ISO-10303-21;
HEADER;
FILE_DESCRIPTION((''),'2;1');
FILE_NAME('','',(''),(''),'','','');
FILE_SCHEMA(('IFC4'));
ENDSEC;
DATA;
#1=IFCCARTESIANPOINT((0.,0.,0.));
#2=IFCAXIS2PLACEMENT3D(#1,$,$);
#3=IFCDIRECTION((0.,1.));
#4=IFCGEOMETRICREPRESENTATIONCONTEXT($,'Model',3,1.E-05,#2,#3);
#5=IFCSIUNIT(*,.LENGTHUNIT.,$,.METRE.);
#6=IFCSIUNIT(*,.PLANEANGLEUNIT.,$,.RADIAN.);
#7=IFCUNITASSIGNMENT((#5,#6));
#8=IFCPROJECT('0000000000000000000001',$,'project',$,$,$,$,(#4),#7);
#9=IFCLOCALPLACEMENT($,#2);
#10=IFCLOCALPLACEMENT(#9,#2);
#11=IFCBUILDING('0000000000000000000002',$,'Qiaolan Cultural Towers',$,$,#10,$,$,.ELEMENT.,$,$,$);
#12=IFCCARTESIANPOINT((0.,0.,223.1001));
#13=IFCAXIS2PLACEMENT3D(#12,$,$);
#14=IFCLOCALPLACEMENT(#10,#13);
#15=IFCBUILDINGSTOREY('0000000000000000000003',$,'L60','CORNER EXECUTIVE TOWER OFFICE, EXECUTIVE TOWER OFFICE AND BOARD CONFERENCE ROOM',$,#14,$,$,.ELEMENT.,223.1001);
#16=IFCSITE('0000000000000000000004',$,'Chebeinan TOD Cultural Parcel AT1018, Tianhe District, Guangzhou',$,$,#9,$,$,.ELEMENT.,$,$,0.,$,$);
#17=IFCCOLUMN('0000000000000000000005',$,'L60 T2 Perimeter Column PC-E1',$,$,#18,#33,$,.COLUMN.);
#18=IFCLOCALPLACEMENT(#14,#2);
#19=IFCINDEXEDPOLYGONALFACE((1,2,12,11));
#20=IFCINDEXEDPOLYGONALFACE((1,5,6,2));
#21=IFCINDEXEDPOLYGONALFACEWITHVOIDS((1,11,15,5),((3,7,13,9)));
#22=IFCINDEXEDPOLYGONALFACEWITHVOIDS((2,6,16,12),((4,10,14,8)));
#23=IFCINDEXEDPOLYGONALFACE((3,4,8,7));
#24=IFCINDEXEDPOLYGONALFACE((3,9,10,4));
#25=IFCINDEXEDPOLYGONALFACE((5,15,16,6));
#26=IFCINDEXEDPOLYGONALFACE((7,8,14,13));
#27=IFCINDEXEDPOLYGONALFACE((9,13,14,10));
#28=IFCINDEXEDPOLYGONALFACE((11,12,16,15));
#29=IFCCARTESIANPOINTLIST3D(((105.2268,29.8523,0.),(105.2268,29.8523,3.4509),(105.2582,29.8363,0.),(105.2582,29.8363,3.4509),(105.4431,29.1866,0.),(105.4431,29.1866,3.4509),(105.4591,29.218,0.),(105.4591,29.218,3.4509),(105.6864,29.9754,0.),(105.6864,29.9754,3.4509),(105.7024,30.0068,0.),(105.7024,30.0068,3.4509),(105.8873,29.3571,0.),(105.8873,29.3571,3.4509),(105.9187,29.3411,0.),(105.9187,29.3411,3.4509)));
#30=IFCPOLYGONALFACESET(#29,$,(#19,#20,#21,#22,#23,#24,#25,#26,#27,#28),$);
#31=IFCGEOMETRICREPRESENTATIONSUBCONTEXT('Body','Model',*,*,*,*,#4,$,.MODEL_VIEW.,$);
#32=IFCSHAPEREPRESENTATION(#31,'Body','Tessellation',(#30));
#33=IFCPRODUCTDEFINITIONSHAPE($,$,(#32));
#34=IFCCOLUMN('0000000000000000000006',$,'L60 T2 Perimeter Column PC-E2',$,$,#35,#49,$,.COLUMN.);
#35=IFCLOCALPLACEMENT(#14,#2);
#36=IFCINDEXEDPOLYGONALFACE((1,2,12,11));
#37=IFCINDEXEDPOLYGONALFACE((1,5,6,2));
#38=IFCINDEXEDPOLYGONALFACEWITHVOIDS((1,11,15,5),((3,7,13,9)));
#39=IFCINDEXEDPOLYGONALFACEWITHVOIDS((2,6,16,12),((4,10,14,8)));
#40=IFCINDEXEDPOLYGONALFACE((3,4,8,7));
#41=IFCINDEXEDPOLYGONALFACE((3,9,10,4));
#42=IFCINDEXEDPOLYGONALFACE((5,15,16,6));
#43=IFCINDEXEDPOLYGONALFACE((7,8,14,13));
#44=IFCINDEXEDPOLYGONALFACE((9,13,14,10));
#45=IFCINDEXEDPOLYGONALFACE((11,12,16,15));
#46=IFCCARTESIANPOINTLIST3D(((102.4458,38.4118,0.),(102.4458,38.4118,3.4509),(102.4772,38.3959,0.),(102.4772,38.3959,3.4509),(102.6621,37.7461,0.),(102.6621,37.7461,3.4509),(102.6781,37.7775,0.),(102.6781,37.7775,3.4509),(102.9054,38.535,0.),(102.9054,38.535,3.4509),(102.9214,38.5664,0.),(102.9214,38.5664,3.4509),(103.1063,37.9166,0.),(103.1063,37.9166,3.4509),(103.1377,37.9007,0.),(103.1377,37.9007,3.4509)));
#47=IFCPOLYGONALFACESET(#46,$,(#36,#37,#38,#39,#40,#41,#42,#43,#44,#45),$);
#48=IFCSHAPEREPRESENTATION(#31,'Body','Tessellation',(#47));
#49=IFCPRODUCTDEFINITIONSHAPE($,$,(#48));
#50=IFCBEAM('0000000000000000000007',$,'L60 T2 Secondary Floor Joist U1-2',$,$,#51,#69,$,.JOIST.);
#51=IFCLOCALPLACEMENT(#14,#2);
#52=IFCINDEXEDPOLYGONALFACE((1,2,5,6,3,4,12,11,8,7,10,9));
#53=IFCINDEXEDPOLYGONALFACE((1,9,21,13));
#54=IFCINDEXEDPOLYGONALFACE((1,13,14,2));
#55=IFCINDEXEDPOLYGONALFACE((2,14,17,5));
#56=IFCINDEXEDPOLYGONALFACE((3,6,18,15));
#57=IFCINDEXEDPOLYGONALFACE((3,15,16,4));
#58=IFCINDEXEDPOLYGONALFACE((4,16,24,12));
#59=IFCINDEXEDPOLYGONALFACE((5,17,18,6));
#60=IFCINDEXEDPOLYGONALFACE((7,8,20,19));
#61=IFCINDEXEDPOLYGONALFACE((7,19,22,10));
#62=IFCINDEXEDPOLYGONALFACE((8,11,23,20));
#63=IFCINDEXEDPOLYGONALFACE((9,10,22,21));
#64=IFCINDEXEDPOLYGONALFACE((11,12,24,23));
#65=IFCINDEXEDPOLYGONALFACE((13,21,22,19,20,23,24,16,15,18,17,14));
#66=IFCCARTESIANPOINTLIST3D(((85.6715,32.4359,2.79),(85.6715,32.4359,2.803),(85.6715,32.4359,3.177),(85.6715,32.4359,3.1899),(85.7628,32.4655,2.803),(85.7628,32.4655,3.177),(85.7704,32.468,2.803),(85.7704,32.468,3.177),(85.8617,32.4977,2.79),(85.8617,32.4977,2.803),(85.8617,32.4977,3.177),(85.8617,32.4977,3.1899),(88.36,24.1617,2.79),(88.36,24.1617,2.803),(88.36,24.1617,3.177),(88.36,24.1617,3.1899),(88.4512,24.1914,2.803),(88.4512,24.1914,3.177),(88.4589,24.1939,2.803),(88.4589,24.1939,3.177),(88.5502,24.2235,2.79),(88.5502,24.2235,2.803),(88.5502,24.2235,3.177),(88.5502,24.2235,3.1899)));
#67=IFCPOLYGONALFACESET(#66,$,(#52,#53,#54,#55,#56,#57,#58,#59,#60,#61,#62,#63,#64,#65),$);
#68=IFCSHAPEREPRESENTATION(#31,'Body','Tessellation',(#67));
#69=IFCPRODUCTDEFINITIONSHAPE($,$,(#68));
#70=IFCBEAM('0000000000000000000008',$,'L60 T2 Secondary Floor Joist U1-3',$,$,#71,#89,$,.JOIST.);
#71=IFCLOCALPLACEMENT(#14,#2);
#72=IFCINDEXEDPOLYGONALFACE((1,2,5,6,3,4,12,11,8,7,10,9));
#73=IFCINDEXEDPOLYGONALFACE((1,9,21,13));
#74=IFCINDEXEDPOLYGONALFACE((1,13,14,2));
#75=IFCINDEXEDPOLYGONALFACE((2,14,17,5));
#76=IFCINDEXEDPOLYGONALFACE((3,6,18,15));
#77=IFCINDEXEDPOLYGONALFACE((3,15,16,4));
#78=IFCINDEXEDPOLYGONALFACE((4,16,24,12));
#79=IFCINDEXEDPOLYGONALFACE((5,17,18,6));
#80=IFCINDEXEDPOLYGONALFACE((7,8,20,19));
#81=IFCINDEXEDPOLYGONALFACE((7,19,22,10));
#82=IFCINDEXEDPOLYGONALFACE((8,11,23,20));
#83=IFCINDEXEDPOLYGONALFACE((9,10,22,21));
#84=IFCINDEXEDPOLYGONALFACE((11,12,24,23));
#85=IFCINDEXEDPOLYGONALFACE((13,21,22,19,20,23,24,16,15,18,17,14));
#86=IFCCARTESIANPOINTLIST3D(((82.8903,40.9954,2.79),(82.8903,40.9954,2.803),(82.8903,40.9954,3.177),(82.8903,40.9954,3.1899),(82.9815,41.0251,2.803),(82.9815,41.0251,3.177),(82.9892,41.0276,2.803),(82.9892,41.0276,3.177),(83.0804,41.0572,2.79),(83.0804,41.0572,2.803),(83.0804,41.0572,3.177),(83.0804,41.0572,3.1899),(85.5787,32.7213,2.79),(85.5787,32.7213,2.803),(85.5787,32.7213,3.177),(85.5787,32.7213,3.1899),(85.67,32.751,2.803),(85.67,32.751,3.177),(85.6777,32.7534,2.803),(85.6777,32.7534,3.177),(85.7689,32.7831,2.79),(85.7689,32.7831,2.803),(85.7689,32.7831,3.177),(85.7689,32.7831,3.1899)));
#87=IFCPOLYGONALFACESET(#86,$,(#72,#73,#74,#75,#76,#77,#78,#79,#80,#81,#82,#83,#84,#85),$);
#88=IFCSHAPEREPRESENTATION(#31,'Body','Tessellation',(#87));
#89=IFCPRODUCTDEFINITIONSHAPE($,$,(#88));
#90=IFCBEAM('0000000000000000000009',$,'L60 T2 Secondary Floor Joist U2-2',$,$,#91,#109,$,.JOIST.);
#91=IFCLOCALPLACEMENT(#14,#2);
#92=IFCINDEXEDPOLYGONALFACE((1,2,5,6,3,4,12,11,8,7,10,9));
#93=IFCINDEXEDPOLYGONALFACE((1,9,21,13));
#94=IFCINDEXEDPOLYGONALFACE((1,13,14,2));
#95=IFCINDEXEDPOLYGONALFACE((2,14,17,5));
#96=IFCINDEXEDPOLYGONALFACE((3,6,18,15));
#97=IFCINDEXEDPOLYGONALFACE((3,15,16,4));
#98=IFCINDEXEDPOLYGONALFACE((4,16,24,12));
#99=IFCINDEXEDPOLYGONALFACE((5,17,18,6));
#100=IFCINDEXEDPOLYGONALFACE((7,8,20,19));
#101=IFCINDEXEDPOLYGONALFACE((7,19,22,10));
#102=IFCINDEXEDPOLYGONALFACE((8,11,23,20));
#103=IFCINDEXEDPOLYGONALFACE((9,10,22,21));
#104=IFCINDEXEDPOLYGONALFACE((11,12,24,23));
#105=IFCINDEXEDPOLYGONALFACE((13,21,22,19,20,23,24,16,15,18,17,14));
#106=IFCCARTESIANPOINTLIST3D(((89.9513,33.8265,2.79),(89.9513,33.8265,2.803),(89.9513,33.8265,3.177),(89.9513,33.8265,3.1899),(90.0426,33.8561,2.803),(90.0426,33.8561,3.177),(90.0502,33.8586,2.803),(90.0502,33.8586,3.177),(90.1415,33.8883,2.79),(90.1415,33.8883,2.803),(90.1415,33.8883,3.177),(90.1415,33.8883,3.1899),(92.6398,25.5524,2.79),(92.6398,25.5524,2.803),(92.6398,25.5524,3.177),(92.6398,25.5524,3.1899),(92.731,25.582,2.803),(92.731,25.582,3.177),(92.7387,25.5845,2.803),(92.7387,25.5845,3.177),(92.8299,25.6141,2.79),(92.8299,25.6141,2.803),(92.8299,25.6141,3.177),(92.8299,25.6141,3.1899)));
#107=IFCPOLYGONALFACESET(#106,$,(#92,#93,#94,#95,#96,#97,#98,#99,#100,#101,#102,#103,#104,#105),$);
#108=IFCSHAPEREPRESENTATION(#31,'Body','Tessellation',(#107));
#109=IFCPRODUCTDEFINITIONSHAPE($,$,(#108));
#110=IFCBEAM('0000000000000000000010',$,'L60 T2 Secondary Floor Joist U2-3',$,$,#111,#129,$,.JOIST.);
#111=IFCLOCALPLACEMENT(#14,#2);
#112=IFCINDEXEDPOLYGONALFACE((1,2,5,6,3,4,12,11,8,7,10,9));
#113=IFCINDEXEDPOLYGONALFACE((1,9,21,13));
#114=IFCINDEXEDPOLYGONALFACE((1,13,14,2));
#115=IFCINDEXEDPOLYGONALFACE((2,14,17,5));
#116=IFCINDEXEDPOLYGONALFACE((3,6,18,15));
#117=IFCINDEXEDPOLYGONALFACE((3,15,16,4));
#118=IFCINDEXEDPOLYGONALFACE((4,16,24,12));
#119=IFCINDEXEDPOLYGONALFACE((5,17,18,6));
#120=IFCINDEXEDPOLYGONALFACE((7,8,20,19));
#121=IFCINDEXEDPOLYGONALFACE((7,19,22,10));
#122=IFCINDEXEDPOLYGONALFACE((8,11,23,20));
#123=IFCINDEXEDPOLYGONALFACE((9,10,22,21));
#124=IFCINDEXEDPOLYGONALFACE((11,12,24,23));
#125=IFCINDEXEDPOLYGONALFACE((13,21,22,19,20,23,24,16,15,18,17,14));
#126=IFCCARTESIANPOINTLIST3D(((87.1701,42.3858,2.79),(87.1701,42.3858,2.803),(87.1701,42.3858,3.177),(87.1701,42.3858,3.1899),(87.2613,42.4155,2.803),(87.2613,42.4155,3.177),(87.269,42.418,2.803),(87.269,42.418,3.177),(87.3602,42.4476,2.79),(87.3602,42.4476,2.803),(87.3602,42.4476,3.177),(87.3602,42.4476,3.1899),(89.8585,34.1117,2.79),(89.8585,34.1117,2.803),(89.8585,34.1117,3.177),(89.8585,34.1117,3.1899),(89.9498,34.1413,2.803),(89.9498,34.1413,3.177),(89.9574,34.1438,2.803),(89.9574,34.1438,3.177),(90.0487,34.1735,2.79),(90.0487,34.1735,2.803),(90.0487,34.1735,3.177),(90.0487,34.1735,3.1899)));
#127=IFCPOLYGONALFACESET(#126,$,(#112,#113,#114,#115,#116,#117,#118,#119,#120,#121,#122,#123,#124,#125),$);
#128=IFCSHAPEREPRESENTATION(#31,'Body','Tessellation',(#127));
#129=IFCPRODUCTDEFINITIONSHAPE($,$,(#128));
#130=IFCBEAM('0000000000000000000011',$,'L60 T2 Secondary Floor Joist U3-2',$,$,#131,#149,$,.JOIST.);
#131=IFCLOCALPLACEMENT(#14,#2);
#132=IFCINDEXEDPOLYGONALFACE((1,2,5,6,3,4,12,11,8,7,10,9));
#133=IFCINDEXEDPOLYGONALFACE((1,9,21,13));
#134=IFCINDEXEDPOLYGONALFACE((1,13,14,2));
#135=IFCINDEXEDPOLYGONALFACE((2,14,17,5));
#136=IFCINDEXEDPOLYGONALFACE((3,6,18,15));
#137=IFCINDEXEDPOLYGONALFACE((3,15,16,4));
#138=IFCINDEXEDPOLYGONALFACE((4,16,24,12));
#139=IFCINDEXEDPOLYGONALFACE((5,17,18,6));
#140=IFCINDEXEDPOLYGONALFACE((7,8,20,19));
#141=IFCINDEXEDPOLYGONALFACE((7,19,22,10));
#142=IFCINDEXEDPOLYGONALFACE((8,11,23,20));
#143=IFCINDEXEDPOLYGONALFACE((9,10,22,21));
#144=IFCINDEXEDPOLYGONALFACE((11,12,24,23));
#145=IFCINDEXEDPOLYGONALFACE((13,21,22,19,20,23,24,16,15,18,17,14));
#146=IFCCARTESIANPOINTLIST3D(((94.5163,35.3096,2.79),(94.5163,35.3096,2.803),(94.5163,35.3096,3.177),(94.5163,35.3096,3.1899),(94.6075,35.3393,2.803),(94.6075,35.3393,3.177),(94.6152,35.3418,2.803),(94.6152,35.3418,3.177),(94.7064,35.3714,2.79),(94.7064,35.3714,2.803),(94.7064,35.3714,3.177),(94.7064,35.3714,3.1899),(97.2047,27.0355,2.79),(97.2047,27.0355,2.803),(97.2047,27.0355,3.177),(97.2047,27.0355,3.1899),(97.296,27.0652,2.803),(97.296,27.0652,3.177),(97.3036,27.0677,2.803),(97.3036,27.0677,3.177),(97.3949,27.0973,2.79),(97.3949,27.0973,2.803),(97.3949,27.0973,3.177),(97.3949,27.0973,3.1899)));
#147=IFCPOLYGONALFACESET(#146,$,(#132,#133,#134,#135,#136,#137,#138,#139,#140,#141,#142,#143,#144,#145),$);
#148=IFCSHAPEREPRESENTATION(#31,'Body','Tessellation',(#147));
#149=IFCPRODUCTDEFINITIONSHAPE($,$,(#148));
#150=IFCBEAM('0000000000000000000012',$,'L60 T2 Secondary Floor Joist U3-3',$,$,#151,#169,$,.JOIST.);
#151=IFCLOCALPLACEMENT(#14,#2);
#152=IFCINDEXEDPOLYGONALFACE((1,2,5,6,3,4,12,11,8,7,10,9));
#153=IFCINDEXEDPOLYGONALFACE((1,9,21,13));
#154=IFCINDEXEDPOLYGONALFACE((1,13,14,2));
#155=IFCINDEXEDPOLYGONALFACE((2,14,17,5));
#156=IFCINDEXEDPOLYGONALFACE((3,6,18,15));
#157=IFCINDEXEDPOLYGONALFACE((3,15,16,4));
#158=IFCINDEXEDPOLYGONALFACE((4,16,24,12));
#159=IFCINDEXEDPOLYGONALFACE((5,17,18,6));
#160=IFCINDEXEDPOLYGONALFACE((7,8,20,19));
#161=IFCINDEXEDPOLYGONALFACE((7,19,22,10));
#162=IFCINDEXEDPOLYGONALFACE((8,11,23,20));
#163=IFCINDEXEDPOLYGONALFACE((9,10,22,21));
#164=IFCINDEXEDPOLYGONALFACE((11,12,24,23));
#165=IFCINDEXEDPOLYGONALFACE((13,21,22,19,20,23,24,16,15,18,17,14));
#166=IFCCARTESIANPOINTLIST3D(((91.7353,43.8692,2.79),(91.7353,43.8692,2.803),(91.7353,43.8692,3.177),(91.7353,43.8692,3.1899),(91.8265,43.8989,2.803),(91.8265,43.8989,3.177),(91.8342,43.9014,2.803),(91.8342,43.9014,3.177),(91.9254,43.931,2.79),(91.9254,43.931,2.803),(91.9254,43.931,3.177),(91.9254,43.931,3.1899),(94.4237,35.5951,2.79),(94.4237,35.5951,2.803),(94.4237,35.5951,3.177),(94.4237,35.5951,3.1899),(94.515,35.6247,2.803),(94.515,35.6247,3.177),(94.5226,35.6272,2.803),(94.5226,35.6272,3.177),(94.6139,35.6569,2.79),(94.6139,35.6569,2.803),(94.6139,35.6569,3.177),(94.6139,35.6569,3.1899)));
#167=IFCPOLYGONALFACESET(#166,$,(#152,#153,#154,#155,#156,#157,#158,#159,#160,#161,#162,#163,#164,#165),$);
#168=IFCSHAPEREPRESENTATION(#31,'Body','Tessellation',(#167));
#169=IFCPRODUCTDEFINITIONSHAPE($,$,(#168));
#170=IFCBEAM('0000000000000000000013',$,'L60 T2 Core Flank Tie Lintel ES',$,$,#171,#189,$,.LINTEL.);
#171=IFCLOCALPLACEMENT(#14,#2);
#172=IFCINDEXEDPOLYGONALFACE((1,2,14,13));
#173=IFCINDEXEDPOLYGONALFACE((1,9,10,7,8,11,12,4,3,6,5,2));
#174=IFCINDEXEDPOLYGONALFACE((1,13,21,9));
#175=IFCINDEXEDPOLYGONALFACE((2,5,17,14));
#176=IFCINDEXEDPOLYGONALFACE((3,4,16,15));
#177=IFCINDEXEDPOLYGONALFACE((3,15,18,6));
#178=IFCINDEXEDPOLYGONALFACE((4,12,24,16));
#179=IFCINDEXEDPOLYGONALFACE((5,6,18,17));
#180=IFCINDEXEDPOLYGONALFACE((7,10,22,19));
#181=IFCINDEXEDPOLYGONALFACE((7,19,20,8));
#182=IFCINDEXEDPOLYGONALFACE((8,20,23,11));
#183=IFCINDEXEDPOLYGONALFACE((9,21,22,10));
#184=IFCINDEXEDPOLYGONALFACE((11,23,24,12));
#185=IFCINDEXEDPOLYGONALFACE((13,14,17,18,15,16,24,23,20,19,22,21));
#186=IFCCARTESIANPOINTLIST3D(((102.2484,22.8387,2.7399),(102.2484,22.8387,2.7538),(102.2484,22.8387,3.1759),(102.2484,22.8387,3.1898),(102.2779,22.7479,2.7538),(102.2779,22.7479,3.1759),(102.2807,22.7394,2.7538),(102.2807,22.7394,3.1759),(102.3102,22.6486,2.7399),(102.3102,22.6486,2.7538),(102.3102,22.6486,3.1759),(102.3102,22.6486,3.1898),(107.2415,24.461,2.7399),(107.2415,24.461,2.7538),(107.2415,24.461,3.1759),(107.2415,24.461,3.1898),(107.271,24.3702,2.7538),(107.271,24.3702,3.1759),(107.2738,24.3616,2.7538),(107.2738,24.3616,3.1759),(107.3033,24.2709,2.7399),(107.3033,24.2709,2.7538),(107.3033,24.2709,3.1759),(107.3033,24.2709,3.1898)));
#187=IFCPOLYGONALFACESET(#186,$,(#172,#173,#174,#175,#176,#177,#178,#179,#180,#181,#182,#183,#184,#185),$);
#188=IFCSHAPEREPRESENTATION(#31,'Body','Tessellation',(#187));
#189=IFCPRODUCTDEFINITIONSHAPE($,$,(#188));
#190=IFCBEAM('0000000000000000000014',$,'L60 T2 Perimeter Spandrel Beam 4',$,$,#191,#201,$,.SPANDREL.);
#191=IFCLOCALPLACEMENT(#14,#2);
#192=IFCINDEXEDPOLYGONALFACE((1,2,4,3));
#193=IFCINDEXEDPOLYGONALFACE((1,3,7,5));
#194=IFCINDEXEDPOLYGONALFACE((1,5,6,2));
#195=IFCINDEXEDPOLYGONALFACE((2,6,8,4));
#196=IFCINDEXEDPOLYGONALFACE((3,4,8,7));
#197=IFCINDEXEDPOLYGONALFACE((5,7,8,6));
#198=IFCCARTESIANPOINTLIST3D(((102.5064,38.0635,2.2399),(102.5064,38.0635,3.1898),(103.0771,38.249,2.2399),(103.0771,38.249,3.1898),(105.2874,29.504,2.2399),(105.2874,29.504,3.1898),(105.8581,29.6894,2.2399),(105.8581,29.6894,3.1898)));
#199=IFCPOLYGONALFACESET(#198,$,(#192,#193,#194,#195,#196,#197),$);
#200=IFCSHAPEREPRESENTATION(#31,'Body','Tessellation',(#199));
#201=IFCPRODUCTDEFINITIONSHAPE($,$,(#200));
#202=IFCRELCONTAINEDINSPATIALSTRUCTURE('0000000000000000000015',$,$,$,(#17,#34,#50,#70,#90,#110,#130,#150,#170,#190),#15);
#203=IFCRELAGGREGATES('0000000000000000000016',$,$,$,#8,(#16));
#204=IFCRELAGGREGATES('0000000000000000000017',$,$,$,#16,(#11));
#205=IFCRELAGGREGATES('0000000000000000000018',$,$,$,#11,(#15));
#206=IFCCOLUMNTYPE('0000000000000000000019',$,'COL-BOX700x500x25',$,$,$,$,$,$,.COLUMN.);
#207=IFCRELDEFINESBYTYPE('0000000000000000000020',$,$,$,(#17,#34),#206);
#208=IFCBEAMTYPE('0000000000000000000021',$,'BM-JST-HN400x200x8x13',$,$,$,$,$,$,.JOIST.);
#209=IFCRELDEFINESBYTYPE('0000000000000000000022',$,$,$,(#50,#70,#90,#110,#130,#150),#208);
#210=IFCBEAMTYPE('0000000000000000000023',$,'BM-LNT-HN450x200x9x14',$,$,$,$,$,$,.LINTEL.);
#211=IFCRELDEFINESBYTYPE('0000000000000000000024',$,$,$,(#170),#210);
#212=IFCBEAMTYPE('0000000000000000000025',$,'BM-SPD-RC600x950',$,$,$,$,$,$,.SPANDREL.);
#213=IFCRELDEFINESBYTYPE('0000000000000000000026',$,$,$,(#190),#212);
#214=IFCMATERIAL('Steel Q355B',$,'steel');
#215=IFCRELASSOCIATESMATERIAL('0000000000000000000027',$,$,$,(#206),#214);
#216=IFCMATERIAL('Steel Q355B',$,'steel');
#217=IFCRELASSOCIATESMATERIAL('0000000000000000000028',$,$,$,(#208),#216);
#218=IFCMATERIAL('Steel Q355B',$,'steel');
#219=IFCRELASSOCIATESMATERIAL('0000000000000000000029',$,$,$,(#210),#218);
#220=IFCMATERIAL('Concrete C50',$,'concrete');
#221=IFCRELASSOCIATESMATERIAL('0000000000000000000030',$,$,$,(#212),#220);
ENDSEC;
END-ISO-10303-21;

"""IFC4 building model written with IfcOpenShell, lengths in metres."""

from ifc_helpers import new_model, si_unit, direction, frame, origin, origin_2d, place, context, subcontext, project, spatial, rectangle, hollow_rectangle, i_section, extrude, material, material_profile, profile_set, type_object, element, save


model = new_model("IFC4")

# Units and contexts
model_context = context("Model", 3, precision=1e-05, world=origin(), true_north=direction((0.0, 1.0)))
body_context = subcontext(model_context, "Body", "Model", "MODEL_VIEW")
ifc_project = project(units=[si_unit("LENGTHUNIT", "METRE"), si_unit("PLANEANGLEUNIT", "RADIAN")], contexts=[model_context])

# Site, building, storey
site_placement = place(None, origin())
site = spatial("IfcSite", under=ifc_project, at=site_placement, Name="Chebeinan TOD Cultural Parcel AT1018, Tianhe District, Guangzhou", CompositionType="ELEMENT", RefElevation=0.0)
building_placement = place(site_placement, origin())
building = spatial("IfcBuilding", under=site, at=building_placement, Name="Qiaolan Cultural Towers", CompositionType="ELEMENT")
storey_placement = place(building_placement, frame((0.0, 0.0, 223.1001)))
storey = spatial("IfcBuildingStorey", under=building, at=storey_placement, Name="L60", Description="CORNER EXECUTIVE TOWER OFFICE, EXECUTIVE TOWER OFFICE AND BOARD CONFERENCE ROOM", CompositionType="ELEMENT", Elevation=223.1001)

# Columns
ifc_material_1 = material(Name="Steel Q355B", Category="steel")
ifc_material_profile_1 = material_profile(ifc_material_1, hollow_rectangle(XDim=0.5, YDim=0.7, WallThickness=0.0249, at=origin_2d()), Name="BOX700x500x25")
ifc_profile_set_1 = profile_set([ifc_material_profile_1], Name="Steel Q355B")
column_type = type_object("IfcColumnType", Name="COL-BOX700x500x25", PredefinedType="COLUMN", material=ifc_profile_set_1)
for number, where, z_axis, x_axis, name in (
    (1, (105.5728, 29.5967, 0.0), (0.0, 0.0, 1.0), (0.951057, 0.309017, 0.0), "L60 T2 Perimeter Column PC-E1"),
    (2, (102.7917, 38.1562, 0.0), (0.0, 0.0, 1.0), (0.951057, 0.309017, 0.0), "L60 T2 Perimeter Column PC-E2"),
):
    element("IfcColumn", number, at=place(storey_placement, frame(where, z_axis=z_axis, x_axis=x_axis)), inside=storey, type_object=column_type, Name=name, PredefinedType="COLUMN", context=body_context, shape_type="SweptSolid", body=[
        extrude(hollow_rectangle(XDim=0.5, YDim=0.7, WallThickness=0.0249, at=origin_2d()), origin(), (0.0, 0.0, 1.0), 3.4509),
    ])

# Beams
ifc_material_2 = material(Name="Steel Q355B", Category="steel")
ifc_material_profile_2 = material_profile(ifc_material_2, i_section(OverallWidth=0.2, OverallDepth=0.3999, WebThickness=0.0081, FlangeThickness=0.0129, at=origin_2d()), Name="HN400x200x8x13")
ifc_profile_set_2 = profile_set([ifc_material_profile_2], Name="Steel Q355B")
beam_type_1 = type_object("IfcBeamType", Name="BM-JST-HN400x200x8x13", PredefinedType="JOIST", material=ifc_profile_set_2)
for number, where, z_axis, x_axis, name in (
    (3, (88.4551, 24.1926, 2.99), (-0.309021, 0.951055, 0.0), (-0.951055, -0.309021, 0.0), "L60 T2 Secondary Floor Joist U1-2"),
    (4, (85.6738, 32.7522, 2.99), (-0.309021, 0.951055, 0.0), (-0.951055, -0.309021, 0.0), "L60 T2 Secondary Floor Joist U1-3"),
    (5, (92.7349, 25.5833, 2.99), (-0.309021, 0.951055, 0.0), (-0.951055, -0.309021, 0.0), "L60 T2 Secondary Floor Joist U2-2"),
    (6, (89.9536, 34.1426, 2.99), (-0.309021, 0.951055, 0.0), (-0.951055, -0.309021, 0.0), "L60 T2 Secondary Floor Joist U2-3"),
    (7, (97.2998, 27.0664, 2.99), (-0.309021, 0.951055, 0.0), (-0.951055, -0.309021, 0.0), "L60 T2 Secondary Floor Joist U3-2"),
    (8, (94.5188, 35.626, 2.99), (-0.309021, 0.951055, 0.0), (-0.951055, -0.309021, 0.0), "L60 T2 Secondary Floor Joist U3-3"),
):
    element("IfcBeam", number, at=place(storey_placement, frame(where, z_axis=z_axis, x_axis=x_axis)), inside=storey, type_object=beam_type_1, Name=name, PredefinedType="JOIST", context=body_context, shape_type="SweptSolid", body=[
        extrude(i_section(OverallWidth=0.2, OverallDepth=0.3999, WebThickness=0.0081, FlangeThickness=0.0129, at=origin_2d()), origin(), (0.0, 0.0, 1.0), 8.7),
    ])
ifc_material_3 = material(Name="Steel Q355B", Category="steel")
ifc_material_profile_3 = material_profile(ifc_material_3, i_section(OverallWidth=0.2, OverallDepth=0.45, WebThickness=0.009, FlangeThickness=0.0139, at=origin_2d()), Name="HN450x200x9x14")
ifc_profile_set_3 = profile_set([ifc_material_profile_3], Name="Steel Q355B")
beam_type_2 = type_object("IfcBeamType", Name="BM-LNT-HN450x200x9x14", PredefinedType="LINTEL", material=ifc_profile_set_3)
beam_1_placement = place(storey_placement, frame((102.2793, 22.7437, 2.9648), z_axis=(0.95106, 0.309006, 0.0), x_axis=(-0.309006, 0.95106, 0.0)))
element("IfcBeam", 9, at=beam_1_placement, inside=storey, type_object=beam_type_2, Name="L60 T2 Core Flank Tie Lintel ES", PredefinedType="LINTEL", context=body_context, shape_type="SweptSolid", body=[
    extrude(i_section(OverallWidth=0.2, OverallDepth=0.45, WebThickness=0.009, FlangeThickness=0.0139, at=origin_2d()), origin(), (0.0, 0.0, 1.0), 5.25),
])
ifc_material_4 = material(Name="Concrete C50", Category="concrete")
ifc_material_profile_4 = material_profile(ifc_material_4, rectangle(XDim=0.6001, YDim=0.95, at=origin_2d()), Name="RC600x950")
ifc_profile_set_4 = profile_set([ifc_material_profile_4], Name="Concrete C50")
beam_type_3 = type_object("IfcBeamType", Name="BM-SPD-RC600x950", PredefinedType="SPANDREL", material=ifc_profile_set_4)
beam_2_placement = place(storey_placement, frame((105.5728, 29.5967, 2.7148), z_axis=(-0.309, 0.951062, 0.0), x_axis=(-0.951062, -0.309, 0.0)))
element("IfcBeam", 10, at=beam_2_placement, inside=storey, type_object=beam_type_3, Name="L60 T2 Perimeter Spandrel Beam 4", PredefinedType="SPANDREL", context=body_context, shape_type="SweptSolid", body=[
    extrude(rectangle(XDim=0.6001, YDim=0.95, at=origin_2d()), origin(), (0.0, 0.0, 1.0), 9.0),
])

save(model, "model.ifc")
